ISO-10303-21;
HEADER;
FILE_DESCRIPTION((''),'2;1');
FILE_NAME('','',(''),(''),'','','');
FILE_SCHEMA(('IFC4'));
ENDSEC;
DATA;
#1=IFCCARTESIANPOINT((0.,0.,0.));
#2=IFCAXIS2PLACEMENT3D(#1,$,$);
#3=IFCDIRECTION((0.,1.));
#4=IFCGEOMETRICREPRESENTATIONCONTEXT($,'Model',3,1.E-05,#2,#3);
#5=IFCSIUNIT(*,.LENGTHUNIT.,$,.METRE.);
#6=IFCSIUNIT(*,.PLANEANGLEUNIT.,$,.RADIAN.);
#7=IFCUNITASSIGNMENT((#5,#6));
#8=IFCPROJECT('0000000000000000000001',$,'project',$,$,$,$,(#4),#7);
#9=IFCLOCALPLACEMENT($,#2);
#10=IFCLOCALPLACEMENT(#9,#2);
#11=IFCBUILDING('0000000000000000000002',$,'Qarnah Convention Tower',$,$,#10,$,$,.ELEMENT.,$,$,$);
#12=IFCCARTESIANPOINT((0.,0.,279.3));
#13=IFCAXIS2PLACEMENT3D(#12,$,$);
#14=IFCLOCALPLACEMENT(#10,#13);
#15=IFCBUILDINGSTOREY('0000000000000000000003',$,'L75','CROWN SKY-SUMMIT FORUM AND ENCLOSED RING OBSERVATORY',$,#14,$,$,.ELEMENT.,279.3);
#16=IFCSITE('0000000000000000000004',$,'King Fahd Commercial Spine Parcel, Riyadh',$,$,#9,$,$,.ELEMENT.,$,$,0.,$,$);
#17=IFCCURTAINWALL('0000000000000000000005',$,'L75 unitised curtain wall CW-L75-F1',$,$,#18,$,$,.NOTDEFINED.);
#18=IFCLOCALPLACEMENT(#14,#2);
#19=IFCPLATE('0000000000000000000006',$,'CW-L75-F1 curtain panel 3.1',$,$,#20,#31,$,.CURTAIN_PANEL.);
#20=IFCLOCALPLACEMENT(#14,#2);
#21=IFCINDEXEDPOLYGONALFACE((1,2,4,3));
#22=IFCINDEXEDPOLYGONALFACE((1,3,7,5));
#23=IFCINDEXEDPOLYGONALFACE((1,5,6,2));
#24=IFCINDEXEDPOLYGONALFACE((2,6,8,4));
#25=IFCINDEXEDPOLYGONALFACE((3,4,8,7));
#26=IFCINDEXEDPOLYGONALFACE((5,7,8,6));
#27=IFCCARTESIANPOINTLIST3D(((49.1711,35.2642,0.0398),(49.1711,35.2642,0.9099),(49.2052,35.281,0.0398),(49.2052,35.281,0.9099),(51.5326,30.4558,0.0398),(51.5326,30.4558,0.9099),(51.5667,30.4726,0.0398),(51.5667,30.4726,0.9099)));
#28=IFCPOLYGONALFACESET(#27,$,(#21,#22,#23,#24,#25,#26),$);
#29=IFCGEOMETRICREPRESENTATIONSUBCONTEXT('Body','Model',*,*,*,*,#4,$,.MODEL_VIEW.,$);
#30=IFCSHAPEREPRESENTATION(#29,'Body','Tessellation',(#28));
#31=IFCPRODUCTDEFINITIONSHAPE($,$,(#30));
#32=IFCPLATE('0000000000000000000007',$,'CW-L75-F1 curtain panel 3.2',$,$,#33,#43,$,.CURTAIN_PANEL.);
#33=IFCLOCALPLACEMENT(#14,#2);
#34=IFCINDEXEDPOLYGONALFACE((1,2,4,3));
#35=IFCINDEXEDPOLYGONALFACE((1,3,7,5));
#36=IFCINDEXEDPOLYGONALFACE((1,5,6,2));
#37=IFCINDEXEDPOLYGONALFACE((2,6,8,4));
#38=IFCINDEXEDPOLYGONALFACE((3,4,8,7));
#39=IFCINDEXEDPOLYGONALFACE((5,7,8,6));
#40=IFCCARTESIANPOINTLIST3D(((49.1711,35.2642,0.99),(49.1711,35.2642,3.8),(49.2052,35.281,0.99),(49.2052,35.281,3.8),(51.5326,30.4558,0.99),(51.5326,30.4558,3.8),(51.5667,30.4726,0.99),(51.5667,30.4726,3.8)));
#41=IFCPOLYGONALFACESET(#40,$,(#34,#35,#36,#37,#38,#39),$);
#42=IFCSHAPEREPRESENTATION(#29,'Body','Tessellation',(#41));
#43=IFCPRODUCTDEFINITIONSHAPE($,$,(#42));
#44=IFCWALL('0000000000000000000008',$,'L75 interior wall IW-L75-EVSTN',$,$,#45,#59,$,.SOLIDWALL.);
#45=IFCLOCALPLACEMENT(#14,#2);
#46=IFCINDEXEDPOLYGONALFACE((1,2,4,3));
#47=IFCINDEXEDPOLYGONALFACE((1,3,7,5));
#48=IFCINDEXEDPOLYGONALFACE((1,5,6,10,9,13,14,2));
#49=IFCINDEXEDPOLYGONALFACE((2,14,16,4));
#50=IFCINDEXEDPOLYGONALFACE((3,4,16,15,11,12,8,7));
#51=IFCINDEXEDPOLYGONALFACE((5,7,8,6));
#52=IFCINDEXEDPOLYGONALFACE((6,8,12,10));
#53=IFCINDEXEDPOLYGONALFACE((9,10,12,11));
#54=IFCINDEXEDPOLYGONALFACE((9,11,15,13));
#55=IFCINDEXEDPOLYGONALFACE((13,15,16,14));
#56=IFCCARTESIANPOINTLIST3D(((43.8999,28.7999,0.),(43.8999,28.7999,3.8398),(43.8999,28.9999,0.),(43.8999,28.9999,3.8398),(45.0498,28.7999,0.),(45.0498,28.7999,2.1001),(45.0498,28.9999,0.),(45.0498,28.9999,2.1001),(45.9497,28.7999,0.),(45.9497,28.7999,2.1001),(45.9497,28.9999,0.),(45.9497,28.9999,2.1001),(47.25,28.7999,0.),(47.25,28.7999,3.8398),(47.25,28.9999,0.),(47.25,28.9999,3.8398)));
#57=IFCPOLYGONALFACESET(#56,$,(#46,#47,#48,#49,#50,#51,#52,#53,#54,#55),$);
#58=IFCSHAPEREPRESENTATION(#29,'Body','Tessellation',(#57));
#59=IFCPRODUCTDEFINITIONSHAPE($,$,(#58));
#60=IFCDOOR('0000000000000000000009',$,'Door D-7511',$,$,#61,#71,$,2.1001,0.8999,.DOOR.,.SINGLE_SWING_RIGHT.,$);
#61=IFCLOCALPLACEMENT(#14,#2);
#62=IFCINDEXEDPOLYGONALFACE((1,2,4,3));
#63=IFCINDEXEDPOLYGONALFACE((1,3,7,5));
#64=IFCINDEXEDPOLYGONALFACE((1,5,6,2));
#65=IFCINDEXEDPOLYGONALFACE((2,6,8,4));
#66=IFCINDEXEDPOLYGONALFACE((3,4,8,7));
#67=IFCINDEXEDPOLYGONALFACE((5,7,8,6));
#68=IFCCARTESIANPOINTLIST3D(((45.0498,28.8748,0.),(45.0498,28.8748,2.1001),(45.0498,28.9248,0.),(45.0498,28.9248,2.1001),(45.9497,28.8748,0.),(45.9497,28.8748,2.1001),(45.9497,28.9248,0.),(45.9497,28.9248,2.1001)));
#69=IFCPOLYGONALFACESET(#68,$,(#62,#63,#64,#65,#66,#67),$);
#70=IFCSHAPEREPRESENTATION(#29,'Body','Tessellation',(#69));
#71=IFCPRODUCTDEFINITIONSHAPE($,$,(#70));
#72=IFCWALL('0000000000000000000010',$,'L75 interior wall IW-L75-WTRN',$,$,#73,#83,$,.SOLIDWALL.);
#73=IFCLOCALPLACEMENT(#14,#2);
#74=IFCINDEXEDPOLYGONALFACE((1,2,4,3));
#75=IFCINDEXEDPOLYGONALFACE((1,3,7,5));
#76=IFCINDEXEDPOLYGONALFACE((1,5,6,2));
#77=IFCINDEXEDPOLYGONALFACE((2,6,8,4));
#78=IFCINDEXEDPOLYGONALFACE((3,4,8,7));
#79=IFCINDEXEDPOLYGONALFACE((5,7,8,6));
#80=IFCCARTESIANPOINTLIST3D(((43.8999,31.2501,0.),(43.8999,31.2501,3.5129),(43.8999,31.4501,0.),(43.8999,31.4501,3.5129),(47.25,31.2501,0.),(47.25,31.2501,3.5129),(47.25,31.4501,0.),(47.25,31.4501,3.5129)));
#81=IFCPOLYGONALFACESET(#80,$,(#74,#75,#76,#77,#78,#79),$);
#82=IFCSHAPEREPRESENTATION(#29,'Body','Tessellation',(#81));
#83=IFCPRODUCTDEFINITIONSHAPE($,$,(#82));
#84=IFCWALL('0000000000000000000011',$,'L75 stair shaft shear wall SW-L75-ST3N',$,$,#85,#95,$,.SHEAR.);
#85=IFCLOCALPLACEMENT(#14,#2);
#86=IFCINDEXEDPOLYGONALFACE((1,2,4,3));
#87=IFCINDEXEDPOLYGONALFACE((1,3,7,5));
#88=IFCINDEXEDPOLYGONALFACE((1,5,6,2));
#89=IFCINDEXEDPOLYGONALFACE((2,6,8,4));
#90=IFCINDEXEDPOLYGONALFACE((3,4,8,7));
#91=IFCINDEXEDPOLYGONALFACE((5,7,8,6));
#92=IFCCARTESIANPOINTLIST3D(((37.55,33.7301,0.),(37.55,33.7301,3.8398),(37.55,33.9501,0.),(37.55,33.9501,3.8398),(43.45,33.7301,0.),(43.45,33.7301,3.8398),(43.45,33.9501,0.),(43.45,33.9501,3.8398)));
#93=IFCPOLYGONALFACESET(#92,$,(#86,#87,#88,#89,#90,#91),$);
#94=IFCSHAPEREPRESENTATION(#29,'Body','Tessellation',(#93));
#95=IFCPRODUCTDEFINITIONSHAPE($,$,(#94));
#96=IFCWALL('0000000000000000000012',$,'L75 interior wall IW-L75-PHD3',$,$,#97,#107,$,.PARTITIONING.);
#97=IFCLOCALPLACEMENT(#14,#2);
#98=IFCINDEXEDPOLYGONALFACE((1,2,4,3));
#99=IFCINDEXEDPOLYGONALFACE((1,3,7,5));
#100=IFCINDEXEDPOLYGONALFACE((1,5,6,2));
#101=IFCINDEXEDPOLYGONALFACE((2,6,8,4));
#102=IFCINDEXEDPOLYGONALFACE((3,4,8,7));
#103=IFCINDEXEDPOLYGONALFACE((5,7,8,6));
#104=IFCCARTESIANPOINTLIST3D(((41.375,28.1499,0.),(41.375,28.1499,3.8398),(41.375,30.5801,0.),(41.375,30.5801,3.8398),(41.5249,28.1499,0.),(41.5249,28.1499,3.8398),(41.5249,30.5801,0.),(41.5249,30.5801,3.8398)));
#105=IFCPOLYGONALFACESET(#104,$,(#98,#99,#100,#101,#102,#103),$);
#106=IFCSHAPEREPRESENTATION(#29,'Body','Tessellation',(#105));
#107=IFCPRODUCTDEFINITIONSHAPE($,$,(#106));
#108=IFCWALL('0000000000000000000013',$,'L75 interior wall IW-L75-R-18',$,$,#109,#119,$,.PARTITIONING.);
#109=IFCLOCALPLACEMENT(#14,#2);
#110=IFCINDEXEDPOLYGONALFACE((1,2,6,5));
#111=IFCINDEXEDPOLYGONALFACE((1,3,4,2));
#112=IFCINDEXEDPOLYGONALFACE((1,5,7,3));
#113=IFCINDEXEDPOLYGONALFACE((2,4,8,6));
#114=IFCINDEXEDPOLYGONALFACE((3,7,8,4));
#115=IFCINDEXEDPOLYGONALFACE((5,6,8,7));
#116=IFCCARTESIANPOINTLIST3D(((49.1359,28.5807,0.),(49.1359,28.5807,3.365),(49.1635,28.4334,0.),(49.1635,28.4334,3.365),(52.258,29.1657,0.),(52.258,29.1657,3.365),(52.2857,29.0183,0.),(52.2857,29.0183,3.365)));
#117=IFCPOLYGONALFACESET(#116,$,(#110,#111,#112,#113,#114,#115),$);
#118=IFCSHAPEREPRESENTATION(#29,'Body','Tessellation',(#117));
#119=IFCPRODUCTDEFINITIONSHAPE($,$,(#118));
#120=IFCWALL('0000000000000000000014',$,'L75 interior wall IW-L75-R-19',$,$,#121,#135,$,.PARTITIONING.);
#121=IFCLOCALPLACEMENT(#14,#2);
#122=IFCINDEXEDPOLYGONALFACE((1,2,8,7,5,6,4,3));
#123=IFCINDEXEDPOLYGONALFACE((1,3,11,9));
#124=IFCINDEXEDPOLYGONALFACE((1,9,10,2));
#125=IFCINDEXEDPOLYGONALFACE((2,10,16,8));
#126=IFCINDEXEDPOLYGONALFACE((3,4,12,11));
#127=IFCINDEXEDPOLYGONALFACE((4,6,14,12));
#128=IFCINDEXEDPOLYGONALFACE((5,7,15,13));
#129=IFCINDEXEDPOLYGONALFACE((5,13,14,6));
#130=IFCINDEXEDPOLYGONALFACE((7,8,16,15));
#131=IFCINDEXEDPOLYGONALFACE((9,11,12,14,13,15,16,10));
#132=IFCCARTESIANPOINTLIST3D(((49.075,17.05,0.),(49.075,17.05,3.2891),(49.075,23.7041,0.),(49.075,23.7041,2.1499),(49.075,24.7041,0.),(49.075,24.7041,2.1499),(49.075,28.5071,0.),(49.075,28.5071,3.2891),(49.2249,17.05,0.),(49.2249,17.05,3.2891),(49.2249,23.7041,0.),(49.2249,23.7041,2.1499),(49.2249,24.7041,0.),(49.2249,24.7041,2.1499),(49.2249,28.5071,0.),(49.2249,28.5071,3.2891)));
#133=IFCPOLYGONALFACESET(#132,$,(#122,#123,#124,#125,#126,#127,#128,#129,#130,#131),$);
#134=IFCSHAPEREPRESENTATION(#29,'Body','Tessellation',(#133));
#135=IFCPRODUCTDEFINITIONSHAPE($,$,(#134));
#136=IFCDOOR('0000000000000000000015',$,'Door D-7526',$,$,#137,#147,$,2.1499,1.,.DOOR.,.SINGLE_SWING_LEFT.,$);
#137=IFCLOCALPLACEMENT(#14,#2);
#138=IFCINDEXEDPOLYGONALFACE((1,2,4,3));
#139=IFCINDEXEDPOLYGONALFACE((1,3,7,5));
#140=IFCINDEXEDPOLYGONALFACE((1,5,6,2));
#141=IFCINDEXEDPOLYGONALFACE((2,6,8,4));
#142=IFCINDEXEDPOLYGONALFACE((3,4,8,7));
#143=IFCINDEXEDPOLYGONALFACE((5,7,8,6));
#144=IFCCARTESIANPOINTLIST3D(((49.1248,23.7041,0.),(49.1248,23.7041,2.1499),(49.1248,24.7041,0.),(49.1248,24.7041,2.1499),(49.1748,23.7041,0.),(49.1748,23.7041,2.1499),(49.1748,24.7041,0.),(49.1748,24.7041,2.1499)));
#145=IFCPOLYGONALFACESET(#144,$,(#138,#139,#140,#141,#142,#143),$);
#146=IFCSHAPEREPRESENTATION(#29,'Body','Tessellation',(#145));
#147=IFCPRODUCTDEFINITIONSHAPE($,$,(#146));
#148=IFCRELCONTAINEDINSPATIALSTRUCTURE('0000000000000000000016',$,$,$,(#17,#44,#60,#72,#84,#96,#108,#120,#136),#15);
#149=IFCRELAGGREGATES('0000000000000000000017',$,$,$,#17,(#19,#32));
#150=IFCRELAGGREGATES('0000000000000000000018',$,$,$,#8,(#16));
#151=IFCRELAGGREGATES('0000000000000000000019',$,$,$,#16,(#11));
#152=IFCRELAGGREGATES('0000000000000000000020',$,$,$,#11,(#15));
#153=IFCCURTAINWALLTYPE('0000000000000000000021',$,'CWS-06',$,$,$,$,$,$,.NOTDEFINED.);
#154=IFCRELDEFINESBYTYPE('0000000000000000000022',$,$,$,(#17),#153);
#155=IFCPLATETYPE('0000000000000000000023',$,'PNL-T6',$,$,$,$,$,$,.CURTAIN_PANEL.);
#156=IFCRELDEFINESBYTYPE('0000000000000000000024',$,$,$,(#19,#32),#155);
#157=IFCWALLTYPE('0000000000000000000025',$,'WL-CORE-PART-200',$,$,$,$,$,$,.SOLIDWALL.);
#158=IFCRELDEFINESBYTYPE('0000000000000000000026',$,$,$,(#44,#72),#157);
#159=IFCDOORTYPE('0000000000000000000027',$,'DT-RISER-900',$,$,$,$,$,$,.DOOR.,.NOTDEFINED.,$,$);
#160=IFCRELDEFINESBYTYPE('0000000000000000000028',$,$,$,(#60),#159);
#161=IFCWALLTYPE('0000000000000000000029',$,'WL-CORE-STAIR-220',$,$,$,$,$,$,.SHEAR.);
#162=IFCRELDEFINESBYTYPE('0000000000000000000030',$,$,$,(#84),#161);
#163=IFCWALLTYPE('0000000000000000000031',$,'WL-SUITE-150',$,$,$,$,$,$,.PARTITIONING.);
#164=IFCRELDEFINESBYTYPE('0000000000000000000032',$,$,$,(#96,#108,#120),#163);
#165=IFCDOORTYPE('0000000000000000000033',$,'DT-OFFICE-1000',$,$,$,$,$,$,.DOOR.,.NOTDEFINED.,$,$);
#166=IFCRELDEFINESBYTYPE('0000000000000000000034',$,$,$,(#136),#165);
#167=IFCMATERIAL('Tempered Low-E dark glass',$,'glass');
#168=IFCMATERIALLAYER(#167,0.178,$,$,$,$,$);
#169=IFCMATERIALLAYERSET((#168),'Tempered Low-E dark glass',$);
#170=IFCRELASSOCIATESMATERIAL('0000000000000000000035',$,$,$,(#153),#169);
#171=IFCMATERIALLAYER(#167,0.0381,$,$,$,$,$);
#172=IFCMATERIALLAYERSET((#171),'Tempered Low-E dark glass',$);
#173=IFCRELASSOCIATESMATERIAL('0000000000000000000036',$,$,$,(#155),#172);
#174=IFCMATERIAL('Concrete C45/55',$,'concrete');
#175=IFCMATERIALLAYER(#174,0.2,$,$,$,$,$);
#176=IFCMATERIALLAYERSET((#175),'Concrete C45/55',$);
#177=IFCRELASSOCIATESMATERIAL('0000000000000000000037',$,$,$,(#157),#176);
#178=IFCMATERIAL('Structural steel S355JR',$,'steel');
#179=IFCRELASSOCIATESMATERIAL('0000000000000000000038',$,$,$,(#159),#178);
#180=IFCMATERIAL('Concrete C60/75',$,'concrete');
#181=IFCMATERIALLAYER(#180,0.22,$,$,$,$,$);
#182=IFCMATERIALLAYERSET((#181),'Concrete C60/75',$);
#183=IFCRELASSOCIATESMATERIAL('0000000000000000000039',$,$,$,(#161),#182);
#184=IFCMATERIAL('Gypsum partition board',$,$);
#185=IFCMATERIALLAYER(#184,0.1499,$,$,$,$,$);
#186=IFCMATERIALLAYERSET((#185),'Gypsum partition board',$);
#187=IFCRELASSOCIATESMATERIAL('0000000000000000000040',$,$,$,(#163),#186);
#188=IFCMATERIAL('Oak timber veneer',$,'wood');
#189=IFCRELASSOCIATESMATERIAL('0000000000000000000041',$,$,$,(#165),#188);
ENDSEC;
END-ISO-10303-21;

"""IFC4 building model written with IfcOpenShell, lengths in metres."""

from ifc_helpers import new_model, si_unit, direction, frame, frame_2d, origin, origin_2d, place, context, subcontext, project, spatial, rectangle, extrude, material, layer, layer_set, type_object, element, fill, aggregate, save


model = new_model("IFC4")

# Units and contexts
model_context = context("Model", 3, precision=1e-05, world=origin(), true_north=direction((0.0, 1.0)))
body_context = subcontext(model_context, "Body", "Model", "MODEL_VIEW")
ifc_project = project(units=[si_unit("LENGTHUNIT", "METRE"), si_unit("PLANEANGLEUNIT", "RADIAN")], contexts=[model_context])

# Site, building, storey
site_placement = place(None, origin())
site = spatial("IfcSite", under=ifc_project, at=site_placement, Name="King Fahd Commercial Spine Parcel, Riyadh", CompositionType="ELEMENT", RefElevation=0.0)
building_placement = place(site_placement, origin())
building = spatial("IfcBuilding", under=site, at=building_placement, Name="Qarnah Convention Tower", CompositionType="ELEMENT")
storey_placement = place(building_placement, frame((0.0, 0.0, 279.3)))
storey = spatial("IfcBuildingStorey", under=building, at=storey_placement, Name="L75", Description="CROWN SKY-SUMMIT FORUM AND ENCLOSED RING OBSERVATORY", CompositionType="ELEMENT", Elevation=279.3)

# Shared definitions
ifc_material_1 = material(Name="Structural steel S355JR", Category="steel")

# Curtain wall, plates
ifc_material_2 = material(Name="Tempered Low-E dark glass", Category="glass")
ifc_layer_1 = layer(ifc_material_2, 0.178)
ifc_layer_set_1 = layer_set([ifc_layer_1], Name="Tempered Low-E dark glass")
curtain_wall_type = type_object("IfcCurtainWallType", Name="CWS-06", PredefinedType="NOTDEFINED", material=ifc_layer_set_1)
curtain_wall_placement = place(storey_placement, origin())
curtain_wall = element("IfcCurtainWall", 1, at=curtain_wall_placement, inside=storey, type_object=curtain_wall_type, Name="L75 unitised curtain wall CW-L75-F1", PredefinedType="NOTDEFINED")
ifc_layer_2 = layer(ifc_material_2, 0.0381)
ifc_layer_set_2 = layer_set([ifc_layer_2], Name="Tempered Low-E dark glass")
plate_type = type_object("IfcPlateType", Name="PNL-T6", PredefinedType="CURTAIN_PANEL", material=ifc_layer_set_2)
plate_1_placement = place(storey_placement, frame((50.3689, 32.8684, 0.0398), z_axis=(0.0, 0.0, 1.0), x_axis=(0.440831, -0.89759, 0.0)))
plate_1 = element("IfcPlate", 2, at=plate_1_placement, type_object=plate_type, Name="CW-L75-F1 curtain panel 3.1", PredefinedType="CURTAIN_PANEL", context=body_context, shape_type="SweptSolid", body=[
    extrude(rectangle(XDim=5.3569, YDim=0.0381, at=origin_2d()), origin(), (0.0, 0.0, 1.0), 0.8701),
])
plate_2_placement = place(storey_placement, frame((50.3689, 32.8684, 0.99), z_axis=(0.0, 0.0, 1.0), x_axis=(0.440831, -0.89759, 0.0)))
plate_2 = element("IfcPlate", 3, at=plate_2_placement, type_object=plate_type, Name="CW-L75-F1 curtain panel 3.2", PredefinedType="CURTAIN_PANEL", context=body_context, shape_type="SweptSolid", body=[
    extrude(rectangle(XDim=5.3569, YDim=0.0381, at=origin_2d()), origin(), (0.0, 0.0, 1.0), 2.8101),
])
aggregate(curtain_wall, [plate_1, plate_2])

# Wall, opening, door
ifc_material_3 = material(Name="Concrete C45/55", Category="concrete")
ifc_layer_3 = layer(ifc_material_3, 0.2)
ifc_layer_set_3 = layer_set([ifc_layer_3], Name="Concrete C45/55")
wall_type_1 = type_object("IfcWallType", Name="WL-CORE-PART-200", PredefinedType="SOLIDWALL", material=ifc_layer_set_3)
wall_1_placement = place(storey_placement, frame((43.8999, 28.8999, 0.0), z_axis=(0.0, 0.0, 1.0), x_axis=(1.0, 0.0, 0.0)))
wall_1 = element("IfcWall", 4, at=wall_1_placement, inside=storey, type_object=wall_type_1, Name="L75 interior wall IW-L75-EVSTN", PredefinedType="SOLIDWALL", context=body_context, shape_type="SweptSolid", body=[
    extrude(rectangle(XDim=3.3501, YDim=0.2, at=frame_2d((1.675, 0.0))), origin(), (0.0, 0.0, 1.0), 3.8398),
])
opening_1_placement = place(wall_1_placement, frame((1.1499, 0.0, 0.0)))
opening_1 = element("IfcOpeningElement", 5, at=opening_1_placement, cuts=wall_1, PredefinedType="OPENING", context=body_context, shape_type="SweptSolid", body=[
    extrude(rectangle(XDim=0.8999, YDim=2.1001, at=frame_2d((0.45, 1.05))), frame((0.0, 0.1099, 0.0), z_axis=(0.0, -1.0, 0.0), x_axis=(1.0, 0.0, 0.0)), (0.0, 0.0, 1.0), 0.22),
])
door_type_1 = type_object("IfcDoorType", Name="DT-RISER-900", OperationType="NOTDEFINED", PredefinedType="DOOR", material=ifc_material_1)
door_1_placement = place(opening_1_placement, origin())
door_1 = element("IfcDoor", 6, at=door_1_placement, inside=storey, type_object=door_type_1, Name="Door D-7511", OperationType="SINGLE_SWING_RIGHT", OverallHeight=2.1001, OverallWidth=0.8999, PredefinedType="DOOR", context=body_context, shape_type="SweptSolid", body=[
    extrude(rectangle(XDim=0.8999, YDim=2.1001, at=frame_2d((0.45, 1.05))), frame((0.0, 0.0249, 0.0), z_axis=(0.0, -1.0, 0.0), x_axis=(1.0, 0.0, 0.0)), (0.0, 0.0, 1.0), 0.05),
])
fill(opening_1, door_1)

# Walls
wall_2_placement = place(storey_placement, frame((43.8999, 31.3501, 0.0), z_axis=(0.0, 0.0, 1.0), x_axis=(1.0, 0.0, 0.0)))
element("IfcWall", 7, at=wall_2_placement, inside=storey, type_object=wall_type_1, Name="L75 interior wall IW-L75-WTRN", PredefinedType="SOLIDWALL", context=body_context, shape_type="SweptSolid", body=[
    extrude(rectangle(XDim=3.3501, YDim=0.2, at=frame_2d((1.675, 0.0))), origin(), (0.0, 0.0, 1.0), 3.5129),
])
ifc_material_4 = material(Name="Concrete C60/75", Category="concrete")
ifc_layer_4 = layer(ifc_material_4, 0.22)
ifc_layer_set_4 = layer_set([ifc_layer_4], Name="Concrete C60/75")
wall_type_2 = type_object("IfcWallType", Name="WL-CORE-STAIR-220", PredefinedType="SHEAR", material=ifc_layer_set_4)
wall_3_placement = place(storey_placement, frame((37.55, 33.8401, 0.0), z_axis=(0.0, 0.0, 1.0), x_axis=(1.0, 0.0, 0.0)))
element("IfcWall", 8, at=wall_3_placement, inside=storey, type_object=wall_type_2, Name="L75 stair shaft shear wall SW-L75-ST3N", PredefinedType="SHEAR", context=body_context, shape_type="SweptSolid", body=[
    extrude(rectangle(XDim=5.8999, YDim=0.22, at=frame_2d((2.95, 0.0))), origin(), (0.0, 0.0, 1.0), 3.8398),
])
ifc_material_5 = material(Name="Gypsum partition board")
ifc_layer_5 = layer(ifc_material_5, 0.1499)
ifc_layer_set_5 = layer_set([ifc_layer_5], Name="Gypsum partition board")
wall_type_3 = type_object("IfcWallType", Name="WL-SUITE-150", PredefinedType="PARTITIONING", material=ifc_layer_set_5)
wall_4_placement = place(storey_placement, frame((41.45, 28.1499, 0.0), z_axis=(0.0, 0.0, 1.0), x_axis=(0.0, 1.0, 0.0)))
element("IfcWall", 9, at=wall_4_placement, inside=storey, type_object=wall_type_3, Name="L75 interior wall IW-L75-PHD3", PredefinedType="PARTITIONING", context=body_context, shape_type="SweptSolid", body=[
    extrude(rectangle(XDim=2.4302, YDim=0.1499, at=frame_2d((1.2151, 0.0))), origin(), (0.0, 0.0, 1.0), 3.8398),
])
wall_5_placement = place(storey_placement, frame((52.272, 29.092, 0.0), z_axis=(0.0, 0.0, 1.0), x_axis=(-0.982897, -0.184159, 0.0)))
element("IfcWall", 10, at=wall_5_placement, inside=storey, type_object=wall_type_3, Name="L75 interior wall IW-L75-R-18", PredefinedType="PARTITIONING", context=body_context, shape_type="SweptSolid", body=[
    extrude(rectangle(XDim=3.1765, YDim=0.1499, at=frame_2d((1.5884, 0.0))), origin(), (0.0, 0.0, 1.0), 3.365),
])

# Wall, opening, door
wall_6_placement = place(storey_placement, frame((49.1499, 28.5071, 0.0), z_axis=(0.0, 0.0, 1.0), x_axis=(0.0, -1.0, 0.0)))
wall_6 = element("IfcWall", 11, at=wall_6_placement, inside=storey, type_object=wall_type_3, Name="L75 interior wall IW-L75-R-19", PredefinedType="PARTITIONING", context=body_context, shape_type="SweptSolid", body=[
    extrude(rectangle(XDim=11.457, YDim=0.1499, at=frame_2d((5.7285, 0.0))), origin(), (0.0, 0.0, 1.0), 3.2891),
])
opening_2_placement = place(wall_6_placement, frame((3.803, 0.0, 0.0)))
opening_2 = element("IfcOpeningElement", 12, at=opening_2_placement, cuts=wall_6, PredefinedType="OPENING", context=body_context, shape_type="SweptSolid", body=[
    extrude(rectangle(XDim=1.0, YDim=2.1499, at=frame_2d((0.5, 1.075))), frame((0.0, 0.085, 0.0), z_axis=(0.0, -1.0, 0.0), x_axis=(1.0, 0.0, 0.0)), (0.0, 0.0, 1.0), 0.1699),
])
ifc_material_6 = material(Name="Oak timber veneer", Category="wood")
door_type_2 = type_object("IfcDoorType", Name="DT-OFFICE-1000", OperationType="NOTDEFINED", PredefinedType="DOOR", material=ifc_material_6)
door_2_placement = place(opening_2_placement, origin())
door_2 = element("IfcDoor", 13, at=door_2_placement, inside=storey, type_object=door_type_2, Name="Door D-7526", OperationType="SINGLE_SWING_LEFT", OverallHeight=2.1499, OverallWidth=1.0, PredefinedType="DOOR", context=body_context, shape_type="SweptSolid", body=[
    extrude(rectangle(XDim=1.0, YDim=2.1499, at=frame_2d((0.5, 1.075))), frame((0.0, 0.0249, 0.0), z_axis=(0.0, -1.0, 0.0), x_axis=(1.0, 0.0, 0.0)), (0.0, 0.0, 1.0), 0.05),
])
fill(opening_2, door_2)

save(model, "model.ifc")
